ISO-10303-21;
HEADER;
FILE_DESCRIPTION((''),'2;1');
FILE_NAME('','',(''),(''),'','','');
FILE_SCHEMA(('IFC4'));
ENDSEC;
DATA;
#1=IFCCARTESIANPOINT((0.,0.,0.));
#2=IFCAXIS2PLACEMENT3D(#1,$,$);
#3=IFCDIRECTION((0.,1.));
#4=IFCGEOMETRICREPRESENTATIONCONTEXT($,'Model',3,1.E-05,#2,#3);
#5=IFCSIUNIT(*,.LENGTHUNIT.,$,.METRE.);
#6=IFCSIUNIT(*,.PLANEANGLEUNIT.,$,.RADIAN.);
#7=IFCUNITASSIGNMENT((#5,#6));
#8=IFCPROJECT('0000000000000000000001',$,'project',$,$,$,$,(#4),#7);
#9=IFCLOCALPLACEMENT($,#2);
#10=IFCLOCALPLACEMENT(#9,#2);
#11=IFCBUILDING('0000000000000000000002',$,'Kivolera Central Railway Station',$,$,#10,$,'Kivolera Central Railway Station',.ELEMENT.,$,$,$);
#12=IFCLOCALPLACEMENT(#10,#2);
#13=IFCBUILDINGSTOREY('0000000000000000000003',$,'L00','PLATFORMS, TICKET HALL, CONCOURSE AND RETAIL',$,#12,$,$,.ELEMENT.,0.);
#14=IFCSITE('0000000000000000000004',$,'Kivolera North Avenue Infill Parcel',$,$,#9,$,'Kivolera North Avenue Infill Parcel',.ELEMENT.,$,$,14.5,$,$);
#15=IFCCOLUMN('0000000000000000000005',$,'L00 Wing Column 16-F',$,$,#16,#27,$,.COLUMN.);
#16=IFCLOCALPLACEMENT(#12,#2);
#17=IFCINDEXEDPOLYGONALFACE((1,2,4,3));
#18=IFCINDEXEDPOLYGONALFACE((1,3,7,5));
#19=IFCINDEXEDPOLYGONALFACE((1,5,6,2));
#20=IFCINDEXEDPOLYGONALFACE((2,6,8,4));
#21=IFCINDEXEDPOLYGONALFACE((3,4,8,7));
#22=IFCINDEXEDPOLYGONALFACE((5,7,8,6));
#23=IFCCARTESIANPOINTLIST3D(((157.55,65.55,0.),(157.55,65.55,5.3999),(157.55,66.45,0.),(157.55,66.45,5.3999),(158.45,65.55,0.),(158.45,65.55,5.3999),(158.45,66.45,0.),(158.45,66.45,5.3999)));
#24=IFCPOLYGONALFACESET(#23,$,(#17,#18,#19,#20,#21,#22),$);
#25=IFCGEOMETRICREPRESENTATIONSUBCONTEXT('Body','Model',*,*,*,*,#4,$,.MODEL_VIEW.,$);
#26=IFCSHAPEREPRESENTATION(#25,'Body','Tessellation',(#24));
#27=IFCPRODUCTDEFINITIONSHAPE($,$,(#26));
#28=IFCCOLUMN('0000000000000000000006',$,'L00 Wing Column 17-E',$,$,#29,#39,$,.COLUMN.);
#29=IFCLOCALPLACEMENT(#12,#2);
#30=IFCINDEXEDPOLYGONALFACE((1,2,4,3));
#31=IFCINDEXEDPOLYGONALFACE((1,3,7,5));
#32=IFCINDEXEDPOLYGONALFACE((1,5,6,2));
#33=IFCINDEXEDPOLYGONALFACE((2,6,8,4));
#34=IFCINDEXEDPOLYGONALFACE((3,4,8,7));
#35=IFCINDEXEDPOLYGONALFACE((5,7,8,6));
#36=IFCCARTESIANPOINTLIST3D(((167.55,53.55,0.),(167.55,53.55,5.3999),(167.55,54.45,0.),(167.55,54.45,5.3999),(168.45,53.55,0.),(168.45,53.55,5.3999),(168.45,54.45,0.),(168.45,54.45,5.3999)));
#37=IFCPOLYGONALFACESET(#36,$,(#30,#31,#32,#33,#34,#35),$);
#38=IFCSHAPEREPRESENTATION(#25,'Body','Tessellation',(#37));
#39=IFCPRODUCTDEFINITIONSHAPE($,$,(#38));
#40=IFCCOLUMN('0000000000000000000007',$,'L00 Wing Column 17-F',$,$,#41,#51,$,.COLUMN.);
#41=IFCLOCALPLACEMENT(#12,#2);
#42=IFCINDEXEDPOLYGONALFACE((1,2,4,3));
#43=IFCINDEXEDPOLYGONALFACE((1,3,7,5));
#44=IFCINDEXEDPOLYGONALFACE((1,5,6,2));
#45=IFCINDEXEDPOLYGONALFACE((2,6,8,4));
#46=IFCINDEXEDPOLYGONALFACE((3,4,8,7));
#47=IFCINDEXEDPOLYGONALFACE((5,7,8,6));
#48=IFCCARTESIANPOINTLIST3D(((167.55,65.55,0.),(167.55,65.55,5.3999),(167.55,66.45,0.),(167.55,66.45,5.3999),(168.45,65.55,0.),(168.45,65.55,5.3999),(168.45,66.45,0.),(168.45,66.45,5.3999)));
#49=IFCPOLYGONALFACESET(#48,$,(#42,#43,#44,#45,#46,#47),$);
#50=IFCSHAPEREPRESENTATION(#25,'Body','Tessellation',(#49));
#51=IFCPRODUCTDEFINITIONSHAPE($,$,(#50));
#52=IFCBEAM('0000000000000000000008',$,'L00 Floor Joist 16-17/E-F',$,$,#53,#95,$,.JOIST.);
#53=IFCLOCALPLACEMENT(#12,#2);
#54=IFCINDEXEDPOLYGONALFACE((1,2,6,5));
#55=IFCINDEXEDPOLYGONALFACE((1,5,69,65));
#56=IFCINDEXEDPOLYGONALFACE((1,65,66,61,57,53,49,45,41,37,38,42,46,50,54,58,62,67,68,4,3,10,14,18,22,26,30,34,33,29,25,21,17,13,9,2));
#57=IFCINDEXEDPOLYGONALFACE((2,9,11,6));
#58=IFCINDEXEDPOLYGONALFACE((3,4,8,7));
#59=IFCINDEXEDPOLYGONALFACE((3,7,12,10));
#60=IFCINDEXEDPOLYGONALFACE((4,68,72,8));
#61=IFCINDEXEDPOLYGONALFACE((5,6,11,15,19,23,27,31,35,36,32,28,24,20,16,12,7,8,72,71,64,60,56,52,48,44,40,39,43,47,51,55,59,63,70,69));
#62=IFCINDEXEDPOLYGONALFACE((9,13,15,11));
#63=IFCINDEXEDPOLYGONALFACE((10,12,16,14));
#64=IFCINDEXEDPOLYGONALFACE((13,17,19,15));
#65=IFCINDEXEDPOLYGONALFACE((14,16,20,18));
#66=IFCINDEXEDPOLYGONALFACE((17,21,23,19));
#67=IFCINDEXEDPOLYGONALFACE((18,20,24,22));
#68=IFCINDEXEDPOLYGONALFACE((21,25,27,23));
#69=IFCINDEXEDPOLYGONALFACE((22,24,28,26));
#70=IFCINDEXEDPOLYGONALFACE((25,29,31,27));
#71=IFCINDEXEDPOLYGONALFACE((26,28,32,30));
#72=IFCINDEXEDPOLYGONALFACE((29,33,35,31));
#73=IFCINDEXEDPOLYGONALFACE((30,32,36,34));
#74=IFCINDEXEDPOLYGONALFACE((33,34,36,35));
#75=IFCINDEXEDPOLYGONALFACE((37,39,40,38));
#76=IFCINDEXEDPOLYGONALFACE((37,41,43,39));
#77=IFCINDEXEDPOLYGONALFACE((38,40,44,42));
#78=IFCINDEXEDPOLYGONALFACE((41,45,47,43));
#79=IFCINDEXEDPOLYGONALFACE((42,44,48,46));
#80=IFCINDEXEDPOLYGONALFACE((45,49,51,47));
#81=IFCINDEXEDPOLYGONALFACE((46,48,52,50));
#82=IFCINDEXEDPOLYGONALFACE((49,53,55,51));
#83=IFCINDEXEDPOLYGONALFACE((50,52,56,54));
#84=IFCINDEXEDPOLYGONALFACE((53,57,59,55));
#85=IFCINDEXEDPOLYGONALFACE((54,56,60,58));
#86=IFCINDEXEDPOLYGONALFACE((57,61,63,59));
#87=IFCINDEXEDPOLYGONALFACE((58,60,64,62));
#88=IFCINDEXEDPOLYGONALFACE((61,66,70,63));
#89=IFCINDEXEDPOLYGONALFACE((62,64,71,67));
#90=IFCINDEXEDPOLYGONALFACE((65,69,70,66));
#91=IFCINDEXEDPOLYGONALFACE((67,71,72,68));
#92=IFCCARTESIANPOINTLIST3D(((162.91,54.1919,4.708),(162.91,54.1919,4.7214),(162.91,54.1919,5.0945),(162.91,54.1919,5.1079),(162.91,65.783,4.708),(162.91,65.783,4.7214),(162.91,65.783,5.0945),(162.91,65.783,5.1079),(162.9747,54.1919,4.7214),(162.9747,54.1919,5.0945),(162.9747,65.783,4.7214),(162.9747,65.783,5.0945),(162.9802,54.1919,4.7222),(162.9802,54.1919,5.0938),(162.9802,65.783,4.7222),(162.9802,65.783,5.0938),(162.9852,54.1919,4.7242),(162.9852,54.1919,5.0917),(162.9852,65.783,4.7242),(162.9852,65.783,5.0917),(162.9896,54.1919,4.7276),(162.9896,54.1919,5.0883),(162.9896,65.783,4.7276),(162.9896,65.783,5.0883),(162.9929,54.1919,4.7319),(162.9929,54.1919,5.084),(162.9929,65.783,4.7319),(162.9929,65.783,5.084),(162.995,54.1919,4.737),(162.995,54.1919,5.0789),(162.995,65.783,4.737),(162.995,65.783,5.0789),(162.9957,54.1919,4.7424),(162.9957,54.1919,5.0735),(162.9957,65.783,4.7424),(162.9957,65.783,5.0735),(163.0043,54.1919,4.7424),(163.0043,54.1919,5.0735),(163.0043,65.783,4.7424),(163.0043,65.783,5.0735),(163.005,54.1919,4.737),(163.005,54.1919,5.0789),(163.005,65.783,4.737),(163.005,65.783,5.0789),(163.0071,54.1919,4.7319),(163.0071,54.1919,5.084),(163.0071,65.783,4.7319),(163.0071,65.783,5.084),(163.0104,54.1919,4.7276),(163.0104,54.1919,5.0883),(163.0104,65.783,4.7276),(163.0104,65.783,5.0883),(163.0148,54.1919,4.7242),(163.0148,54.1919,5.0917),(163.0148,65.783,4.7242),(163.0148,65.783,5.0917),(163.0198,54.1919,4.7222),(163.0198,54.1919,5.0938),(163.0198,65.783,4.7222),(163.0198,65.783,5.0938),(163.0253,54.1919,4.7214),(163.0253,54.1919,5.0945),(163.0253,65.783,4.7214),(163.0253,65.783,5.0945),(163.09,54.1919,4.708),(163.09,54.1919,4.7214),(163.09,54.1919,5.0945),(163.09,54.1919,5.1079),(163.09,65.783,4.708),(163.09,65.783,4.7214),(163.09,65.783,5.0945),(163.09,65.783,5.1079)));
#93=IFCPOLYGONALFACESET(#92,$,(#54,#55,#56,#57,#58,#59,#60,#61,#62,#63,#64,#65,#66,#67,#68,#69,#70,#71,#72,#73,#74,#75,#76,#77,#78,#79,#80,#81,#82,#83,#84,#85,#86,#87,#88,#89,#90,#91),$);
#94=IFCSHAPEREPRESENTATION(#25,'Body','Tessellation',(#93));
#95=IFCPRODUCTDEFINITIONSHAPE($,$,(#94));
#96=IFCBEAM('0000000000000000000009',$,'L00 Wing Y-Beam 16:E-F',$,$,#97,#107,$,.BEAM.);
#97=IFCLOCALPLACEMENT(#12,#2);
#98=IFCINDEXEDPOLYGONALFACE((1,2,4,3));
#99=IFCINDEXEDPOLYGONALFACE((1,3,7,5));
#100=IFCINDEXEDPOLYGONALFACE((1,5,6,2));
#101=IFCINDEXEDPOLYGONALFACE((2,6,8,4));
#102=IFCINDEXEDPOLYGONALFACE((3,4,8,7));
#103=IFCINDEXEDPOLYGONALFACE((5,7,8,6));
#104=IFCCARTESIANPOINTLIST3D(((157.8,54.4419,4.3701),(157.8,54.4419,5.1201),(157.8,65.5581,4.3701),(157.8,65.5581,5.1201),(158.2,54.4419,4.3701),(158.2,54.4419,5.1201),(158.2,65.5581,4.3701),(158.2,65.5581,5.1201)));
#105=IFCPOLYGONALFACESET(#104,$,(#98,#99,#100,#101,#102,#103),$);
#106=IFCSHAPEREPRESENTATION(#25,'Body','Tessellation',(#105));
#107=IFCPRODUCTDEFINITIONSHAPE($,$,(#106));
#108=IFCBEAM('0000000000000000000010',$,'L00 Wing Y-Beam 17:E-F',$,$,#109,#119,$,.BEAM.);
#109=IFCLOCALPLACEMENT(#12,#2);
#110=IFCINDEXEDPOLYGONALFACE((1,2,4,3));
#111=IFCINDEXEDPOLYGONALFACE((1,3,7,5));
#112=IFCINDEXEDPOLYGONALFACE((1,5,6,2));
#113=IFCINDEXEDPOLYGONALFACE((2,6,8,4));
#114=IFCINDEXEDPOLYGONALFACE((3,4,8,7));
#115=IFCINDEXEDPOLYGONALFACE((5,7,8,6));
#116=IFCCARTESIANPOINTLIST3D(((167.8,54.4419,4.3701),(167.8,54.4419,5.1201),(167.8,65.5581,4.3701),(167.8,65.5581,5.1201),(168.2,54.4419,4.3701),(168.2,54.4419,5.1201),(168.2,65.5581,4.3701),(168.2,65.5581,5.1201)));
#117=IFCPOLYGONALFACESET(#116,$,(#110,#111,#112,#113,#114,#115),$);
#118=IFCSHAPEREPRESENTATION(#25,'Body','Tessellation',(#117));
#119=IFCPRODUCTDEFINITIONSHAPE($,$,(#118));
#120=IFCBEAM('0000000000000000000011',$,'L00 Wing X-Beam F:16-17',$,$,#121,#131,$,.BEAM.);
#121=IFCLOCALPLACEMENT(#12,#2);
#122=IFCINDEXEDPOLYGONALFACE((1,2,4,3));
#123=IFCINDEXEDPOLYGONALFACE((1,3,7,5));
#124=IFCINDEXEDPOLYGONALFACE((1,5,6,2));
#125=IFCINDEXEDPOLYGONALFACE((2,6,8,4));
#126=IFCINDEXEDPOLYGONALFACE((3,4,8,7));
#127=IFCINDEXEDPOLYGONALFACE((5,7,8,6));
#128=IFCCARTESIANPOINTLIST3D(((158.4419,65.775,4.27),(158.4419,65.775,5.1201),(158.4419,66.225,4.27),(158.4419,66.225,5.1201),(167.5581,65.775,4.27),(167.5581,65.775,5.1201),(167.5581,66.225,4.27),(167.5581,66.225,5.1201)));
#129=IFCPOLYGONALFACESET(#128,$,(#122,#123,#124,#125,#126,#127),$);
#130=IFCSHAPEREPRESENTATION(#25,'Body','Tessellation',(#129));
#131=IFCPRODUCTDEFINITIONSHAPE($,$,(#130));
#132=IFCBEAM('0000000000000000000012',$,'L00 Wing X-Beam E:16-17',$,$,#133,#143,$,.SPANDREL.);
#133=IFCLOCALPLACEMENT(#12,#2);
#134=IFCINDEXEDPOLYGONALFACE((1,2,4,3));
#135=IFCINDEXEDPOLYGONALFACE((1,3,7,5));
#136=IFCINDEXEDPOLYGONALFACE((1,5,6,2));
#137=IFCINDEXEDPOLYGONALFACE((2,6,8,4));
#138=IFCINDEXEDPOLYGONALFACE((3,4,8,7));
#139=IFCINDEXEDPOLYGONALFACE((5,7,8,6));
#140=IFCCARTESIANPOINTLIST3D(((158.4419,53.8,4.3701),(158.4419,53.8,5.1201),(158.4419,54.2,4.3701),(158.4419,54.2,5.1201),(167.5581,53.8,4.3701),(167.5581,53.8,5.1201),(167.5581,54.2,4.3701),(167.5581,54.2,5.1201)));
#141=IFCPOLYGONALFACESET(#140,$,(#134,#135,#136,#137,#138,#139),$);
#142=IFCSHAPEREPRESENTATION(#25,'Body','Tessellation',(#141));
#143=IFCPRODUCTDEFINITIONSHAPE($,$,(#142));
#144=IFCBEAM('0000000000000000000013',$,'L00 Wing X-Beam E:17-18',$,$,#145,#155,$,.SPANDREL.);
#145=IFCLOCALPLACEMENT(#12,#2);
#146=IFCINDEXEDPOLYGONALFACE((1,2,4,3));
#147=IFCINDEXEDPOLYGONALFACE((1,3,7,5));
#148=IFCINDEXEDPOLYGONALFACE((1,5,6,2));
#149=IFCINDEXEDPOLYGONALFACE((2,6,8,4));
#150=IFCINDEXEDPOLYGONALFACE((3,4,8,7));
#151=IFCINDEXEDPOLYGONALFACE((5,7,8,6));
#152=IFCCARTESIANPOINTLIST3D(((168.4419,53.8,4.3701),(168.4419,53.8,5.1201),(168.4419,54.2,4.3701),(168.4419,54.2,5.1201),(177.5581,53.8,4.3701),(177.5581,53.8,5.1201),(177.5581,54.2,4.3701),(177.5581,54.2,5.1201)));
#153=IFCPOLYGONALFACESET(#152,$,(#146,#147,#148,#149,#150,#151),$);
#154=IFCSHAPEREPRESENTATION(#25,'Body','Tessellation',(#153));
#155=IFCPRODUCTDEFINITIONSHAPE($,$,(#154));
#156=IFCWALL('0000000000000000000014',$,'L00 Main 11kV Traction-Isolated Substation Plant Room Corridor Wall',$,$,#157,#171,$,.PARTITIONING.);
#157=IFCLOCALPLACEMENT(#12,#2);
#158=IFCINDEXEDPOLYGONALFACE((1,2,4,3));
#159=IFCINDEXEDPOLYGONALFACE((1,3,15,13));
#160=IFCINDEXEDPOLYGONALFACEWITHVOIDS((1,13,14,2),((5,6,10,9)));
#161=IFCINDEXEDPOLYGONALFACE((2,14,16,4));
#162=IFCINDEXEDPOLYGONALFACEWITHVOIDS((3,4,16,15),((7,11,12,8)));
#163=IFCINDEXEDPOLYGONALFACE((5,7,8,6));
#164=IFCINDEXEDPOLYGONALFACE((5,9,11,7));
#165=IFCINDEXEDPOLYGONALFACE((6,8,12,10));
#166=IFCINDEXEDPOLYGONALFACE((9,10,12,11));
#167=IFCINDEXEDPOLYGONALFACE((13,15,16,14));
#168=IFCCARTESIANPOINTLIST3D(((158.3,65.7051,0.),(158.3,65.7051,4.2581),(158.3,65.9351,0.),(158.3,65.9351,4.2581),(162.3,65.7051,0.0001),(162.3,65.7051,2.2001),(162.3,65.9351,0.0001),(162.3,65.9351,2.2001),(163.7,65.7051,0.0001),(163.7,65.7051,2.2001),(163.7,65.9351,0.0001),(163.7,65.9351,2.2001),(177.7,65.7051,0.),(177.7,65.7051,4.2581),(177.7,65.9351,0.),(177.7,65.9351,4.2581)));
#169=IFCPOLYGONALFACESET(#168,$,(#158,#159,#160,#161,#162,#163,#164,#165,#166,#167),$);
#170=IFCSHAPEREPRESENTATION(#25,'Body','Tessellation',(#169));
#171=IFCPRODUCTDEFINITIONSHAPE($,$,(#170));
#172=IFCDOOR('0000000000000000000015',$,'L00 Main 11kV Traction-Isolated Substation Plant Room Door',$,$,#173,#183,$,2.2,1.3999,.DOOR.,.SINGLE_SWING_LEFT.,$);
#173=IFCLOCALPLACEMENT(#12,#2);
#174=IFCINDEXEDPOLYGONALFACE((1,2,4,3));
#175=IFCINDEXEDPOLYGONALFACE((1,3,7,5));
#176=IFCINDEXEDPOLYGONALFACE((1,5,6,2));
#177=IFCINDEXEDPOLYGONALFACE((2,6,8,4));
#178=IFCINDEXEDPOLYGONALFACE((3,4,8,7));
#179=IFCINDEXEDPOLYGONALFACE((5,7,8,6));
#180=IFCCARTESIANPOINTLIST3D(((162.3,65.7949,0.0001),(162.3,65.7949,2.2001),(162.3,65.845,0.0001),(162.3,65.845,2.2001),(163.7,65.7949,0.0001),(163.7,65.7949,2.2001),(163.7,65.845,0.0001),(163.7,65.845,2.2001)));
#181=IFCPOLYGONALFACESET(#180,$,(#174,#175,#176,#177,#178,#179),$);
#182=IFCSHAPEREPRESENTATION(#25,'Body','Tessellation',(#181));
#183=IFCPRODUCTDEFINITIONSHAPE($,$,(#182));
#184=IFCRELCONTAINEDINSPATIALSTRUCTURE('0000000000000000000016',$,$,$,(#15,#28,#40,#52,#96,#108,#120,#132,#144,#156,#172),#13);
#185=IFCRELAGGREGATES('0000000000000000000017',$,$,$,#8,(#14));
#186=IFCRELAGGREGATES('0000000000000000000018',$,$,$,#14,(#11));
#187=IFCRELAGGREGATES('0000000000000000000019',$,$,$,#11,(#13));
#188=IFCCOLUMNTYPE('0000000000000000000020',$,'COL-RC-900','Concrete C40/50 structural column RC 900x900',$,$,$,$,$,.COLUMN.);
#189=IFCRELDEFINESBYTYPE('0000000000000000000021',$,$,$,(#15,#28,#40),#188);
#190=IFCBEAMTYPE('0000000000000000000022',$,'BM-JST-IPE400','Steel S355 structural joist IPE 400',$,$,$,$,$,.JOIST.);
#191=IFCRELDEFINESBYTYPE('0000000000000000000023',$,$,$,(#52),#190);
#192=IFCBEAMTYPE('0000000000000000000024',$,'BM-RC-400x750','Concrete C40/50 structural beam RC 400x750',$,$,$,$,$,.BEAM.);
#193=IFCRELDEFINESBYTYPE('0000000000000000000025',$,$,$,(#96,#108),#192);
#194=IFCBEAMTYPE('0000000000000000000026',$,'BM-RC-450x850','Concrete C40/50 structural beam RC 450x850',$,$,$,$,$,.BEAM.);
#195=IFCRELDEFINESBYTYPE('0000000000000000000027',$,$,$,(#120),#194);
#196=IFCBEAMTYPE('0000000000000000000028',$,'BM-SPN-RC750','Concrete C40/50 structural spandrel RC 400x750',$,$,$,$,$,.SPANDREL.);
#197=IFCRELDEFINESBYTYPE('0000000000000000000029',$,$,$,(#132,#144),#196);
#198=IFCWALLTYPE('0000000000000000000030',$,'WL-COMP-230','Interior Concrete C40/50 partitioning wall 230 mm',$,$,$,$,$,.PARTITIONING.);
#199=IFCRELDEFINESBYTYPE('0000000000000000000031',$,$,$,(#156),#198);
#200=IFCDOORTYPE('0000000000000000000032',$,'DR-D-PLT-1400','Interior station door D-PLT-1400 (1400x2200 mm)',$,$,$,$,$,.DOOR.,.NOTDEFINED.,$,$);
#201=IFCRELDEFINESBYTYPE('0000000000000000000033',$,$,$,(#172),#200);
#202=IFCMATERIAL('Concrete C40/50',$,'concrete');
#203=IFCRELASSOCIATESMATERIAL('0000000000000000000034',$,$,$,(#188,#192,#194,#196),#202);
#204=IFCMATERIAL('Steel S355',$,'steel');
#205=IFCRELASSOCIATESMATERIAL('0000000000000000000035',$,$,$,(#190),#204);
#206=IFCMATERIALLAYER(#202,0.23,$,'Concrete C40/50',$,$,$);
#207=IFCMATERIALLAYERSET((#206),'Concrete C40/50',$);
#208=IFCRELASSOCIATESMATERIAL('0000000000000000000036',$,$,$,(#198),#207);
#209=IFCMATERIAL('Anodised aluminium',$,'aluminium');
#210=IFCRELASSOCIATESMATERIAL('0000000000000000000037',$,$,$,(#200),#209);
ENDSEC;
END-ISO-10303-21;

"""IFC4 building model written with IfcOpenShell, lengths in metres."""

from ifc_helpers import new_model, si_unit, direction, frame, frame_2d, origin, origin_2d, place, context, subcontext, project, spatial, rectangle, i_section, extrude, material, layer, layer_set, material_profile, profile_set, type_object, element, fill, save


model = new_model("IFC4")

# Units and contexts
model_context = context("Model", 3, precision=1e-05, world=origin(), true_north=direction((0.0, 1.0)))
body_context = subcontext(model_context, "Body", "Model", "MODEL_VIEW")
ifc_project = project(units=[si_unit("LENGTHUNIT", "METRE"), si_unit("PLANEANGLEUNIT", "RADIAN")], contexts=[model_context])

# Site, building, storey
site_placement = place(None, origin())
site = spatial("IfcSite", under=ifc_project, at=site_placement, Name="Kivolera North Avenue Infill Parcel", LongName="Kivolera North Avenue Infill Parcel", CompositionType="ELEMENT", RefElevation=14.5)
building_placement = place(site_placement, origin())
building = spatial("IfcBuilding", under=site, at=building_placement, Name="Kivolera Central Railway Station", LongName="Kivolera Central Railway Station", CompositionType="ELEMENT")
storey_placement = place(building_placement, origin())
storey = spatial("IfcBuildingStorey", under=building, at=storey_placement, Name="L00", Description="PLATFORMS, TICKET HALL, CONCOURSE AND RETAIL", CompositionType="ELEMENT", Elevation=0.0)

# Columns
ifc_material_1 = material(Name="Concrete C40/50", Category="concrete")
ifc_material_profile_1 = material_profile(ifc_material_1, rectangle(XDim=0.8999, YDim=0.8999, at=origin_2d()), Name="RC 900x900")
ifc_profile_set_1 = profile_set([ifc_material_profile_1], Name="Concrete C40/50")
column_type = type_object("IfcColumnType", Name="COL-RC-900", Description="Concrete C40/50 structural column RC 900x900", PredefinedType="COLUMN", material=ifc_profile_set_1)
for number, where, z_axis, x_axis, name in (
    (1, (158.0, 66.0, 0.0), (0.0, 0.0, 1.0), (1.0, 0.0, 0.0), "L00 Wing Column 16-F"),
    (2, (168.0, 54.0, 0.0), (0.0, 0.0, 1.0), (1.0, 0.0, 0.0), "L00 Wing Column 17-E"),
    (3, (168.0, 66.0, 0.0), (0.0, 0.0, 1.0), (1.0, 0.0, 0.0), "L00 Wing Column 17-F"),
):
    element("IfcColumn", number, at=place(storey_placement, frame(where, z_axis=z_axis, x_axis=x_axis)), inside=storey, type_object=column_type, Name=name, PredefinedType="COLUMN", context=body_context, shape_type="SweptSolid", body=[
        extrude(rectangle(XDim=0.8999, YDim=0.8999, at=origin_2d()), origin(), (0.0, 0.0, 1.0), 5.3999),
    ])

# Beams
ifc_material_2 = material(Name="Steel S355", Category="steel")
ifc_material_profile_2 = material_profile(ifc_material_2, i_section(OverallWidth=0.1799, OverallDepth=0.3999, WebThickness=0.0085, FlangeThickness=0.0134, FilletRadius=0.021, at=origin_2d()), Name="IPE 400")
ifc_profile_set_2 = profile_set([ifc_material_profile_2], Name="Steel S355")
beam_type_1 = type_object("IfcBeamType", Name="BM-JST-IPE400", Description="Steel S355 structural joist IPE 400", PredefinedType="JOIST", material=ifc_profile_set_2)
beam_1_placement = place(storey_placement, frame((163.0, 54.1919, 4.908), z_axis=(0.0, 1.0, 0.0), x_axis=(-1.0, 0.0, 0.0)))
element("IfcBeam", 4, at=beam_1_placement, inside=storey, type_object=beam_type_1, Name="L00 Floor Joist 16-17/E-F", PredefinedType="JOIST", context=body_context, shape_type="SweptSolid", body=[
    extrude(i_section(OverallWidth=0.1799, OverallDepth=0.3999, WebThickness=0.0085, FlangeThickness=0.0134, FilletRadius=0.021, at=origin_2d()), origin(), (0.0, 0.0, 1.0), 11.5911),
])
ifc_material_profile_3 = material_profile(ifc_material_1, rectangle(XDim=0.3999, YDim=0.75, at=origin_2d()), Name="RC 400x750")
ifc_profile_set_3 = profile_set([ifc_material_profile_3], Name="Concrete C40/50")
beam_type_2 = type_object("IfcBeamType", Name="BM-RC-400x750", Description="Concrete C40/50 structural beam RC 400x750", PredefinedType="BEAM", material=ifc_profile_set_3)
for number, where, z_axis, x_axis, name in (
    (5, (158.0, 54.4419, 4.7451), (0.0, 1.0, 0.0), (-1.0, 0.0, 0.0), "L00 Wing Y-Beam 16:E-F"),
    (6, (168.0, 54.4419, 4.7451), (0.0, 1.0, 0.0), (-1.0, 0.0, 0.0), "L00 Wing Y-Beam 17:E-F"),
):
    element("IfcBeam", number, at=place(storey_placement, frame(where, z_axis=z_axis, x_axis=x_axis)), inside=storey, type_object=beam_type_2, Name=name, PredefinedType="BEAM", context=body_context, shape_type="SweptSolid", body=[
        extrude(rectangle(XDim=0.3999, YDim=0.75, at=origin_2d()), origin(), (0.0, 0.0, 1.0), 11.1162),
    ])
ifc_material_profile_4 = material_profile(ifc_material_1, rectangle(XDim=0.45, YDim=0.8501, at=origin_2d()), Name="RC 450x850")
ifc_profile_set_4 = profile_set([ifc_material_profile_4], Name="Concrete C40/50")
beam_type_3 = type_object("IfcBeamType", Name="BM-RC-450x850", Description="Concrete C40/50 structural beam RC 450x850", PredefinedType="BEAM", material=ifc_profile_set_4)
beam_2_placement = place(storey_placement, frame((158.4419, 66.0, 4.6951), z_axis=(1.0, 0.0, 0.0), x_axis=(0.0, 1.0, 0.0)))
element("IfcBeam", 7, at=beam_2_placement, inside=storey, type_object=beam_type_3, Name="L00 Wing X-Beam F:16-17", PredefinedType="BEAM", context=body_context, shape_type="SweptSolid", body=[
    extrude(rectangle(XDim=0.45, YDim=0.8501, at=origin_2d()), origin(), (0.0, 0.0, 1.0), 9.1162),
])
ifc_material_profile_5 = material_profile(ifc_material_1, rectangle(XDim=0.3999, YDim=0.75, at=origin_2d()), Name="RC 400x750")
ifc_profile_set_5 = profile_set([ifc_material_profile_5], Name="Concrete C40/50")
beam_type_4 = type_object("IfcBeamType", Name="BM-SPN-RC750", Description="Concrete C40/50 structural spandrel RC 400x750", PredefinedType="SPANDREL", material=ifc_profile_set_5)
for number, where, z_axis, x_axis, name in (
    (8, (158.4419, 54.0, 4.7451), (1.0, 0.0, 0.0), (0.0, 1.0, 0.0), "L00 Wing X-Beam E:16-17"),
    (9, (168.4419, 54.0, 4.7451), (1.0, 0.0, 0.0), (0.0, 1.0, 0.0), "L00 Wing X-Beam E:17-18"),
):
    element("IfcBeam", number, at=place(storey_placement, frame(where, z_axis=z_axis, x_axis=x_axis)), inside=storey, type_object=beam_type_4, Name=name, PredefinedType="SPANDREL", context=body_context, shape_type="SweptSolid", body=[
        extrude(rectangle(XDim=0.3999, YDim=0.75, at=origin_2d()), origin(), (0.0, 0.0, 1.0), 9.1162),
    ])

# Wall, opening, door
ifc_layer_1 = layer(ifc_material_1, 0.23, Name="Concrete C40/50")
ifc_layer_set_1 = layer_set([ifc_layer_1], Name="Concrete C40/50")
wall_type_1 = type_object("IfcWallType", Name="WL-COMP-230", Description="Interior Concrete C40/50 partitioning wall 230 mm", PredefinedType="PARTITIONING", material=ifc_layer_set_1)
wall_1_placement = place(storey_placement, frame((158.3, 65.8201, 0.0), z_axis=(0.0, 0.0, 1.0), x_axis=(1.0, 0.0, 0.0)))
wall_1 = element("IfcWall", 10, at=wall_1_placement, inside=storey, type_object=wall_type_1, Name="L00 Main 11kV Traction-Isolated Substation Plant Room Corridor Wall", PredefinedType="PARTITIONING", context=body_context, shape_type="SweptSolid", body=[
    extrude(rectangle(XDim=19.3999, YDim=0.23, at=frame_2d((9.7, 0.0))), origin(), (0.0, 0.0, 1.0), 4.2581),
])
opening_1_placement = place(wall_1_placement, frame((4.0, 0.0, 0.0)))
opening_1 = element("IfcOpeningElement", 11, at=opening_1_placement, cuts=wall_1, PredefinedType="OPENING", context=body_context, shape_type="SweptSolid", body=[
    extrude(rectangle(XDim=1.3999, YDim=2.2, at=frame_2d((0.7, 1.1001))), frame((0.0, 0.125, 0.0), z_axis=(0.0, -1.0, 0.0), x_axis=(1.0, 0.0, 0.0)), (0.0, 0.0, 1.0), 0.25),
])
ifc_material_3 = material(Name="Anodised aluminium", Category="aluminium")
door_type = type_object("IfcDoorType", Name="DR-D-PLT-1400", Description="Interior station door D-PLT-1400 (1400x2200 mm)", OperationType="NOTDEFINED", PredefinedType="DOOR", material=ifc_material_3)
door_placement = place(opening_1_placement, origin())
door = element("IfcDoor", 12, at=door_placement, inside=storey, type_object=door_type, Name="L00 Main 11kV Traction-Isolated Substation Plant Room Door", OperationType="SINGLE_SWING_LEFT", OverallHeight=2.2, OverallWidth=1.3999, PredefinedType="DOOR", context=body_context, shape_type="SweptSolid", body=[
    extrude(rectangle(XDim=1.3999, YDim=2.2, at=frame_2d((0.7, 1.1001))), frame((0.0, 0.0249, 0.0), z_axis=(0.0, -1.0, 0.0), x_axis=(1.0, 0.0, 0.0)), (0.0, 0.0, 1.0), 0.05),
])
fill(opening_1, door)

save(model, "model.ifc")
